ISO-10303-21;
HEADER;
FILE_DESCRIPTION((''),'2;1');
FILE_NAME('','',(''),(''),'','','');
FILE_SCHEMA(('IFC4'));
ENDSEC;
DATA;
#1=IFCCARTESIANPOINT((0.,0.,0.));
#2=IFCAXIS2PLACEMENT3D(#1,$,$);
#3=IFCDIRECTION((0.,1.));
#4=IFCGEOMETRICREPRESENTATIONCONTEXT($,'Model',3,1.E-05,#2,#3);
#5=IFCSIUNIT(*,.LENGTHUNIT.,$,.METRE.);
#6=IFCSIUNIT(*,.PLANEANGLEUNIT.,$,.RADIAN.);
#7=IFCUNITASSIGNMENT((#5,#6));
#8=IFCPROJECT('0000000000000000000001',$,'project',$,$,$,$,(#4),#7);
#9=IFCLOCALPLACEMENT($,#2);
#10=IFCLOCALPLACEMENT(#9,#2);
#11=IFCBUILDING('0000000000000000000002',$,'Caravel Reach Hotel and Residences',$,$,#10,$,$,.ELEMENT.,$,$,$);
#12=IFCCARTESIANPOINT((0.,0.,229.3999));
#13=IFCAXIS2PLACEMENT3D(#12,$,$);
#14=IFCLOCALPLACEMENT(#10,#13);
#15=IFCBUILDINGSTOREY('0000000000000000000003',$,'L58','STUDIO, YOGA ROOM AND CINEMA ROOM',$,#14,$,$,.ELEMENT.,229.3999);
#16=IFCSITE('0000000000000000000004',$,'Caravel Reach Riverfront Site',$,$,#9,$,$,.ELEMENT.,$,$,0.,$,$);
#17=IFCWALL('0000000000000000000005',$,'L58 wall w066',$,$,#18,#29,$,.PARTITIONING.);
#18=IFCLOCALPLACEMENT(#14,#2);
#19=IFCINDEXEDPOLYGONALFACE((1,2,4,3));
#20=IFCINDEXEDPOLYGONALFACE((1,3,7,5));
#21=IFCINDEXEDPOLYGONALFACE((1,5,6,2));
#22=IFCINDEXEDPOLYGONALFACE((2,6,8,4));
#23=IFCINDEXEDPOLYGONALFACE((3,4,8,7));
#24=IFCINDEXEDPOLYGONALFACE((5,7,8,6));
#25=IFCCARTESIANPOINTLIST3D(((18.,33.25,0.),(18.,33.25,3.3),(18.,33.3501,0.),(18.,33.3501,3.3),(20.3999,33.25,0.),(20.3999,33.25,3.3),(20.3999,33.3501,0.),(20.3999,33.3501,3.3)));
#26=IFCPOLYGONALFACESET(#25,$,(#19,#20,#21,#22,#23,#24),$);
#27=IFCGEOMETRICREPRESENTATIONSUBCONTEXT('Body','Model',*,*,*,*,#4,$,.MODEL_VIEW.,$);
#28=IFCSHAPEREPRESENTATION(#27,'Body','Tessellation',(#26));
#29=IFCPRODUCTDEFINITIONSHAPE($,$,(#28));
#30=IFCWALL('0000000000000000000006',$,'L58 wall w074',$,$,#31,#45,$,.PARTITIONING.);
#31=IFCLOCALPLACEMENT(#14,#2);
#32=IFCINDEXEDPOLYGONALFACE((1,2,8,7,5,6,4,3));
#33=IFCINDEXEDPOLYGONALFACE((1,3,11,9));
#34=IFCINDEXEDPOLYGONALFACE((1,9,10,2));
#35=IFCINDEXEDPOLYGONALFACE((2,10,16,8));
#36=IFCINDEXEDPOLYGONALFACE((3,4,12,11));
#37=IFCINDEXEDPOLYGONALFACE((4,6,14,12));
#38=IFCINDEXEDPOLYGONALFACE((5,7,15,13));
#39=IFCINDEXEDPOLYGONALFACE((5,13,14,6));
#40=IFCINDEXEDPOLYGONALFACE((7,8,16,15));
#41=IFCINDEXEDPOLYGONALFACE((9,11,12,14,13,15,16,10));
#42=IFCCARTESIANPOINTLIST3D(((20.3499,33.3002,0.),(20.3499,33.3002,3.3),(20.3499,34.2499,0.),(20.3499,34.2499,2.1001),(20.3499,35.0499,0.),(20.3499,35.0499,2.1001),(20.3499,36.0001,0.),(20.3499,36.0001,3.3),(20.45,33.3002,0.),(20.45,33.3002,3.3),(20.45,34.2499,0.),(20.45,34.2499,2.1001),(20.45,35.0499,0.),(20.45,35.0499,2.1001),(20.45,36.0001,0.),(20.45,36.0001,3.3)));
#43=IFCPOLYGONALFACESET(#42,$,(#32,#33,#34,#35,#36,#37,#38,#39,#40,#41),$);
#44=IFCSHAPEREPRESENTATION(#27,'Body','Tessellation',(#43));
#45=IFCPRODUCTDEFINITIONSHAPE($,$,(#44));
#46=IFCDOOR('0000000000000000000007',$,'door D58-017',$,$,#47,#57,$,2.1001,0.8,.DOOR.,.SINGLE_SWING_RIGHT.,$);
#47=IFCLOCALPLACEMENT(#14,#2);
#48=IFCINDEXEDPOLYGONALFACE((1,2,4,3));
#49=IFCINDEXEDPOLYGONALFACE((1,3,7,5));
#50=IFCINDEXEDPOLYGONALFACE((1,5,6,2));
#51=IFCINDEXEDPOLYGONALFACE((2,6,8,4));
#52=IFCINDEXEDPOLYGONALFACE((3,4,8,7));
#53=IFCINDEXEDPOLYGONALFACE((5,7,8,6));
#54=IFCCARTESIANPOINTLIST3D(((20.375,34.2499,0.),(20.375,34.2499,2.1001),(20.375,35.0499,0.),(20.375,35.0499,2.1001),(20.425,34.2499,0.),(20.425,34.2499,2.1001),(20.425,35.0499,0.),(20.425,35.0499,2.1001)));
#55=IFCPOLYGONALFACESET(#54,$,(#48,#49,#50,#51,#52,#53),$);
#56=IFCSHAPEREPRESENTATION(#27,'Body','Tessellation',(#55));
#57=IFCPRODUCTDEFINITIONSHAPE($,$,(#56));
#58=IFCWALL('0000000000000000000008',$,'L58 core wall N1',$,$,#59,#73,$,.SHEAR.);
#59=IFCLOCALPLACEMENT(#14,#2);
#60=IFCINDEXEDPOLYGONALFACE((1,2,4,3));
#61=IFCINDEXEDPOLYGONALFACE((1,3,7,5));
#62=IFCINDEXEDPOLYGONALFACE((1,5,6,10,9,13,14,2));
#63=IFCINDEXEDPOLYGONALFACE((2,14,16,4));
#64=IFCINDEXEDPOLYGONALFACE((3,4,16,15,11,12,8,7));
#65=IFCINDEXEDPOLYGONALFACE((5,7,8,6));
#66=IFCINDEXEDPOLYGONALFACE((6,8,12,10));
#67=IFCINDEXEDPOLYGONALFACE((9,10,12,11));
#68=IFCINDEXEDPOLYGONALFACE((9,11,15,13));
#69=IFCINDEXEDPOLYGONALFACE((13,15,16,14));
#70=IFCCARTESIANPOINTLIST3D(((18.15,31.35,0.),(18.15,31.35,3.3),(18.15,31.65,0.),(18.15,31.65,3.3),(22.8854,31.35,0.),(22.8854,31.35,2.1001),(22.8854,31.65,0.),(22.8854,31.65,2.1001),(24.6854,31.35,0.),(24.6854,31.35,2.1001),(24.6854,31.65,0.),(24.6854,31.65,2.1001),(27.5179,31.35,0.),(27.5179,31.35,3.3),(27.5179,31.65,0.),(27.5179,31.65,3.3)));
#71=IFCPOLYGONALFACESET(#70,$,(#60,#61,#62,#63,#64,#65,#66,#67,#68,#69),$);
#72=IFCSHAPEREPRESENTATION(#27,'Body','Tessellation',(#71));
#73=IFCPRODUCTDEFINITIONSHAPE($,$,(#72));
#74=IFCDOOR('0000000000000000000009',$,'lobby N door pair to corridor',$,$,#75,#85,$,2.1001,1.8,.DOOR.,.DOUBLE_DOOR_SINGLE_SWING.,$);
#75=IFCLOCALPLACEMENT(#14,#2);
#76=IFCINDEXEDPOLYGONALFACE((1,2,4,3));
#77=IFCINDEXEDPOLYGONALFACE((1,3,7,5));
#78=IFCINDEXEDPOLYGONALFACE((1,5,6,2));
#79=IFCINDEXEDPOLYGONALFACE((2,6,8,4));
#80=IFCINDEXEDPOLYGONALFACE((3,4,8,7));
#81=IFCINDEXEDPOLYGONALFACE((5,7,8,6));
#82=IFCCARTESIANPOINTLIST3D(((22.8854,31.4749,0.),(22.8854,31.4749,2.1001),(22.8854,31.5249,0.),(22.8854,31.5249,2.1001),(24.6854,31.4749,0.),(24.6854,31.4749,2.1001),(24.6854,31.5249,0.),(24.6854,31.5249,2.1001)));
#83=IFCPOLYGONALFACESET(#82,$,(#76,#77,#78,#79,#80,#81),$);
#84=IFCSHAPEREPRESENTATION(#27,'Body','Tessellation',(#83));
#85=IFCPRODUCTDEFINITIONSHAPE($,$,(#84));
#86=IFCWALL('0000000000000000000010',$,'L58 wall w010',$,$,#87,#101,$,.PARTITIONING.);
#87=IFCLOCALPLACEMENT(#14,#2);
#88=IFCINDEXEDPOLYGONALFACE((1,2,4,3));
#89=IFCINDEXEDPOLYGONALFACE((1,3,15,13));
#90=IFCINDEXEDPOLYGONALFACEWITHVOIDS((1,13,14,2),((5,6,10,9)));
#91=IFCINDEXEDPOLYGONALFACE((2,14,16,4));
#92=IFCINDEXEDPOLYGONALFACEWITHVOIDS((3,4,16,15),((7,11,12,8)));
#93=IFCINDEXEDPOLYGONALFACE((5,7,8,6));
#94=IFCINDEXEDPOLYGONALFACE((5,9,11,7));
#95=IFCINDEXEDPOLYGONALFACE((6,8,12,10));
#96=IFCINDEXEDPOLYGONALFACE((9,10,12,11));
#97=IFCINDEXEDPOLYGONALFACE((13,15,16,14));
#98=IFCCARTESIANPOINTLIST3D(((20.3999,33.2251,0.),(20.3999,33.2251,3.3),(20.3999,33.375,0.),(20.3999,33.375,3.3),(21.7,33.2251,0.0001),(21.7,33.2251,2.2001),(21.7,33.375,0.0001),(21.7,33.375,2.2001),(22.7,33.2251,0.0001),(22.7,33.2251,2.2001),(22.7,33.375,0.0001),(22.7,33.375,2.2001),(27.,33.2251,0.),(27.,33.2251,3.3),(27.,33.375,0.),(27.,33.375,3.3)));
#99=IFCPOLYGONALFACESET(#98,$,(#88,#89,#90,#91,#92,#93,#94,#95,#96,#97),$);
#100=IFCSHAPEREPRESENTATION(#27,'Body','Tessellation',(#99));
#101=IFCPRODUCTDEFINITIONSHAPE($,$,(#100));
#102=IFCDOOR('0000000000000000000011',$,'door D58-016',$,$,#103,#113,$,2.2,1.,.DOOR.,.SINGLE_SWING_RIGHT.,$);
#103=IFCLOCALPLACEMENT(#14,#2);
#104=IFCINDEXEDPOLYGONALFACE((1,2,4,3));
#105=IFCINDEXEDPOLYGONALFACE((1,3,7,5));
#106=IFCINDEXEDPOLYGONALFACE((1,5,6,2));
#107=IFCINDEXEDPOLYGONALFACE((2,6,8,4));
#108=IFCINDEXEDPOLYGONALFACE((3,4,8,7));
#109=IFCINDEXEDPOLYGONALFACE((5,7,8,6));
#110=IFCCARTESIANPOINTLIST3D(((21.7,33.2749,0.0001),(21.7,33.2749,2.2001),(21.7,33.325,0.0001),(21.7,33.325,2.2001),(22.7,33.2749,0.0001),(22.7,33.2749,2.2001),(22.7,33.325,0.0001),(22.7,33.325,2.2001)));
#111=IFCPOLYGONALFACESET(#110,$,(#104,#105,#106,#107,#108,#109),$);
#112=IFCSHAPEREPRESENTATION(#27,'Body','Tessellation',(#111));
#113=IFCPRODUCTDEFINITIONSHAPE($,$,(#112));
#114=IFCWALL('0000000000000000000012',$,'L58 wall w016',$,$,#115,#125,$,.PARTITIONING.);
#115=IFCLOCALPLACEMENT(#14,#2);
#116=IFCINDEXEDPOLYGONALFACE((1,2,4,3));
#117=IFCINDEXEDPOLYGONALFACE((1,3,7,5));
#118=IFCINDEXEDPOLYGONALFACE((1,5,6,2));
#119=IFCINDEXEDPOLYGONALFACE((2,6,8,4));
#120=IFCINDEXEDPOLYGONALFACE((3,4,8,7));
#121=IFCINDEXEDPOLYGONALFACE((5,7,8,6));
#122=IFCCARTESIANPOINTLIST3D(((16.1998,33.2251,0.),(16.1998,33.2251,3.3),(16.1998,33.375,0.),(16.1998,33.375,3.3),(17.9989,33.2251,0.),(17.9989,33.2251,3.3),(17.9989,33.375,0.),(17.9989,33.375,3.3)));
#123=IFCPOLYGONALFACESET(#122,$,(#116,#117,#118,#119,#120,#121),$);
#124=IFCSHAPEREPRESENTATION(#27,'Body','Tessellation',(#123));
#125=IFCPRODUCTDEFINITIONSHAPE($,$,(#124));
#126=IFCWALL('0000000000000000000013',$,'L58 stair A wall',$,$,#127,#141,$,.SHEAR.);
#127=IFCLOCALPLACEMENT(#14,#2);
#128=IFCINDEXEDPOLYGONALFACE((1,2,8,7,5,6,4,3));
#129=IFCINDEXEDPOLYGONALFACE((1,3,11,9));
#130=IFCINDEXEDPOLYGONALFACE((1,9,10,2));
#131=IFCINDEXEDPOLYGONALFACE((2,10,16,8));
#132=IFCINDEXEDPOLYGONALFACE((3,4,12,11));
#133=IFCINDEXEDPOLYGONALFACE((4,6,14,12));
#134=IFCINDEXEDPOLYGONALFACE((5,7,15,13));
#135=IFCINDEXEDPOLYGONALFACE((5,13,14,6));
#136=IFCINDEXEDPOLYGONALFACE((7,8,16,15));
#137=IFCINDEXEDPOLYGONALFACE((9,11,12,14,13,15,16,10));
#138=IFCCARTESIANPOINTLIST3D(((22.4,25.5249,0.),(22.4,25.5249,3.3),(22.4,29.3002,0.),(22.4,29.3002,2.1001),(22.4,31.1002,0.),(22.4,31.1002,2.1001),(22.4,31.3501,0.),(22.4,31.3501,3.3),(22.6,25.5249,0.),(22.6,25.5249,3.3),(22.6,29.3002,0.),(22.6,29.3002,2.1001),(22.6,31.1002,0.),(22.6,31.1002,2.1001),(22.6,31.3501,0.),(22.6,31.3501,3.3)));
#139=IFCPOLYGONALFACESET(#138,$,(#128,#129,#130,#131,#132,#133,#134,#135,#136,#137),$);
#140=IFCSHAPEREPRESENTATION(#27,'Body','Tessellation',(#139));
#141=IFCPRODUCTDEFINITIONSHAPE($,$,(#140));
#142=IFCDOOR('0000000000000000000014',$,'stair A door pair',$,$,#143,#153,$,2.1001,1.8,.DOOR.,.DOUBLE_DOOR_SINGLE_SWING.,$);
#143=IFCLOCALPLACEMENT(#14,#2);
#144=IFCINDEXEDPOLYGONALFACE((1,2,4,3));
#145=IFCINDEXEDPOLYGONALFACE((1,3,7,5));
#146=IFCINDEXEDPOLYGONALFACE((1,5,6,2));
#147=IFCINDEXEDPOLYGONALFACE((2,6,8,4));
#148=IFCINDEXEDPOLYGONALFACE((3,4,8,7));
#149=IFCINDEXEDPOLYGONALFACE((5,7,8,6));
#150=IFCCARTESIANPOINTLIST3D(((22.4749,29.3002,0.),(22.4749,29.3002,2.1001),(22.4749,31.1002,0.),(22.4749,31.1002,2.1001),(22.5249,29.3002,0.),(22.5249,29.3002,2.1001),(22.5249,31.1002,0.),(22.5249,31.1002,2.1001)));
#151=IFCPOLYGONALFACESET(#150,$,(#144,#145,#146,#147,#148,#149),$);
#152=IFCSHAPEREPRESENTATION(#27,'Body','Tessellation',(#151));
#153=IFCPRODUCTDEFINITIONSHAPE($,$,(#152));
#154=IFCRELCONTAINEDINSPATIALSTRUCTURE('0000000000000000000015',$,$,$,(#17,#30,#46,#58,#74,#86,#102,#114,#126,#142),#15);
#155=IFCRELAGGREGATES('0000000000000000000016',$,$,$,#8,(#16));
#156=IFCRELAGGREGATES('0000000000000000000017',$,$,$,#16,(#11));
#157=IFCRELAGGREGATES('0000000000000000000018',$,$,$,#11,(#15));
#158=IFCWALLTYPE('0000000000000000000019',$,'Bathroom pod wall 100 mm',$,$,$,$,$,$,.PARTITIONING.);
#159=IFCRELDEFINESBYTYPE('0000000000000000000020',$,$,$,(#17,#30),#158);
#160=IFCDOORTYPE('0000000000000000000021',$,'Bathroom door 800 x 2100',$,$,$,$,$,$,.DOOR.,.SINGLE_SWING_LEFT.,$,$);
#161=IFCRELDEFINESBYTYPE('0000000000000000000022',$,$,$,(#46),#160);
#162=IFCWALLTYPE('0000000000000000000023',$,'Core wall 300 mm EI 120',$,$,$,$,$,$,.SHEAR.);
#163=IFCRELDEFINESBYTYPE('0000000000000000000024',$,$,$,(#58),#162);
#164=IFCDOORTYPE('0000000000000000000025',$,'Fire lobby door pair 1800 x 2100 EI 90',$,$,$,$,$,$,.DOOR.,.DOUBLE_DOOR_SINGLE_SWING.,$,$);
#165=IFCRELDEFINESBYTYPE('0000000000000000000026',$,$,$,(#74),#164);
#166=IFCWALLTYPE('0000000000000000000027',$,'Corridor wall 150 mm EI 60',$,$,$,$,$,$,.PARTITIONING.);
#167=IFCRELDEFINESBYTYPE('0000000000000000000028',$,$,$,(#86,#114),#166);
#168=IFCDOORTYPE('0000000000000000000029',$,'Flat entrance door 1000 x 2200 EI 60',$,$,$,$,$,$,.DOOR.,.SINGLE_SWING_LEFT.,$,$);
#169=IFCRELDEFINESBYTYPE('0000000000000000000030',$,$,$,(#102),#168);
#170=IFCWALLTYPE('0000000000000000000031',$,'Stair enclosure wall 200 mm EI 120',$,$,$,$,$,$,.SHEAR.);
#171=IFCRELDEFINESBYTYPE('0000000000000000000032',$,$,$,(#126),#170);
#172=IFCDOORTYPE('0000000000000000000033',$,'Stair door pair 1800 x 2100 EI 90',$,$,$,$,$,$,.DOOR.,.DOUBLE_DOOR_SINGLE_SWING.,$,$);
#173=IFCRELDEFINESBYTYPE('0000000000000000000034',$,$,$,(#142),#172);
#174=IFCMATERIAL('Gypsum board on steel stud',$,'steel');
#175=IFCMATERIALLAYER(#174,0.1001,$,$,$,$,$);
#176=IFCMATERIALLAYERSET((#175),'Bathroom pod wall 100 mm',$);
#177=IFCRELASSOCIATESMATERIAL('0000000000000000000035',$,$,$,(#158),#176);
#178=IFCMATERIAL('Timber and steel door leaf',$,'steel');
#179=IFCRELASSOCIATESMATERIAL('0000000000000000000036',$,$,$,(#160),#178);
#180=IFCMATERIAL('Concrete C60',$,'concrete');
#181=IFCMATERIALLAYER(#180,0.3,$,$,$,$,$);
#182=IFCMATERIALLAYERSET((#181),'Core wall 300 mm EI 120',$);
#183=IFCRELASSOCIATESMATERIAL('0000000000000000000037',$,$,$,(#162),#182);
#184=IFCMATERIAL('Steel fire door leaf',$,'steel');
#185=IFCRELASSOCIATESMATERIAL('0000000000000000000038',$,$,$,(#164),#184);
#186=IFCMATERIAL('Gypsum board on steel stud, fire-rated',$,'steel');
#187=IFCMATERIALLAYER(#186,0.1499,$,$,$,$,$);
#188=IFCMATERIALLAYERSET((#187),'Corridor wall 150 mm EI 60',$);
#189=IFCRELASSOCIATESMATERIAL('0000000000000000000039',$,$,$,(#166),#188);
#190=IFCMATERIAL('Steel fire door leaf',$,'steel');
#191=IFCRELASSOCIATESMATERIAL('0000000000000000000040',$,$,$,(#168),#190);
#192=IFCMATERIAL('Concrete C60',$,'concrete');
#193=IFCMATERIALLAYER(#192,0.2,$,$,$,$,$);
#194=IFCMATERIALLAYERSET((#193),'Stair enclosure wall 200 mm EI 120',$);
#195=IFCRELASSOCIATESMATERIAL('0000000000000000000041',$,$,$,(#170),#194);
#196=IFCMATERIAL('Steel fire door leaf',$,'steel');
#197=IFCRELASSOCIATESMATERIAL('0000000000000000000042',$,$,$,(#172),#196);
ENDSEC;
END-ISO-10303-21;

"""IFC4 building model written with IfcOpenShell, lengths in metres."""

from ifc_helpers import new_model, si_unit, direction, frame, frame_2d, origin, place, context, subcontext, project, spatial, rectangle, extrude, material, layer, layer_set, type_object, element, fill, save


model = new_model("IFC4")

# Units and contexts
model_context = context("Model", 3, precision=1e-05, world=origin(), true_north=direction((0.0, 1.0)))
body_context = subcontext(model_context, "Body", "Model", "MODEL_VIEW")
ifc_project = project(units=[si_unit("LENGTHUNIT", "METRE"), si_unit("PLANEANGLEUNIT", "RADIAN")], contexts=[model_context])

# Site, building, storey
site_placement = place(None, origin())
site = spatial("IfcSite", under=ifc_project, at=site_placement, Name="Caravel Reach Riverfront Site", CompositionType="ELEMENT", RefElevation=0.0)
building_placement = place(site_placement, origin())
building = spatial("IfcBuilding", under=site, at=building_placement, Name="Caravel Reach Hotel and Residences", CompositionType="ELEMENT")
storey_placement = place(building_placement, frame((0.0, 0.0, 229.3999)))
storey = spatial("IfcBuildingStorey", under=building, at=storey_placement, Name="L58", Description="STUDIO, YOGA ROOM AND CINEMA ROOM", CompositionType="ELEMENT", Elevation=229.3999)

# Wall
ifc_material_1 = material(Name="Gypsum board on steel stud", Category="steel")
ifc_layer_1 = layer(ifc_material_1, 0.1001)
ifc_layer_set_1 = layer_set([ifc_layer_1], Name="Bathroom pod wall 100 mm")
wall_type_1 = type_object("IfcWallType", Name="Bathroom pod wall 100 mm", PredefinedType="PARTITIONING", material=ifc_layer_set_1)
wall_1_placement = place(storey_placement, frame((18.0, 33.3, 0.0), z_axis=(0.0, 0.0, 1.0), x_axis=(1.0, 0.0, 0.0)))
element("IfcWall", 1, at=wall_1_placement, inside=storey, type_object=wall_type_1, Name="L58 wall w066", PredefinedType="PARTITIONING", context=body_context, shape_type="SweptSolid", body=[
    extrude(rectangle(XDim=2.3999, YDim=0.1001, at=frame_2d((1.2, 0.0))), origin(), (0.0, 0.0, 1.0), 3.3),
])

# Walls, openings, doors
wall_2_placement = place(storey_placement, frame((20.3999, 33.3, 0.0), z_axis=(0.0, 0.0, 1.0), x_axis=(0.0, 1.0, 0.0)))
wall_2 = element("IfcWall", 2, at=wall_2_placement, inside=storey, type_object=wall_type_1, Name="L58 wall w074", PredefinedType="PARTITIONING", context=body_context, shape_type="SweptSolid", body=[
    extrude(rectangle(XDim=2.7, YDim=0.1001, at=frame_2d((1.3501, 0.0))), origin(), (0.0, 0.0, 1.0), 3.3),
])
opening_1_placement = place(wall_2_placement, frame((0.95, 0.0, 0.0)))
opening_1 = element("IfcOpeningElement", 3, at=opening_1_placement, cuts=wall_2, PredefinedType="OPENING", context=body_context, shape_type="SweptSolid", body=[
    extrude(rectangle(XDim=0.8, YDim=2.1001, at=frame_2d((0.3999, 1.05))), frame((0.0, 0.0601, 0.0), z_axis=(0.0, -1.0, 0.0), x_axis=(1.0, 0.0, 0.0)), (0.0, 0.0, 1.0), 0.1201),
])
ifc_material_2 = material(Name="Timber and steel door leaf", Category="steel")
door_type_1 = type_object("IfcDoorType", Name="Bathroom door 800 x 2100", OperationType="SINGLE_SWING_LEFT", PredefinedType="DOOR", material=ifc_material_2)
door_1_placement = place(opening_1_placement, origin())
door_1 = element("IfcDoor", 4, at=door_1_placement, inside=storey, type_object=door_type_1, Name="door D58-017", OperationType="SINGLE_SWING_RIGHT", OverallHeight=2.1001, OverallWidth=0.8, PredefinedType="DOOR", context=body_context, shape_type="SweptSolid", body=[
    extrude(rectangle(XDim=0.8, YDim=2.1001, at=frame_2d((0.3999, 1.05))), frame((0.0, 0.0249, 0.0), z_axis=(0.0, -1.0, 0.0), x_axis=(1.0, 0.0, 0.0)), (0.0, 0.0, 1.0), 0.05),
])
fill(opening_1, door_1)
ifc_material_3 = material(Name="Concrete C60", Category="concrete")
ifc_layer_2 = layer(ifc_material_3, 0.3)
ifc_layer_set_2 = layer_set([ifc_layer_2], Name="Core wall 300 mm EI 120")
wall_type_2 = type_object("IfcWallType", Name="Core wall 300 mm EI 120", PredefinedType="SHEAR", material=ifc_layer_set_2)
wall_3_placement = place(storey_placement, frame((18.1499, 31.5, 0.0), z_axis=(0.0, 0.0, 1.0), x_axis=(1.0, 0.0, 0.0)))
wall_3 = element("IfcWall", 5, at=wall_3_placement, inside=storey, type_object=wall_type_2, Name="L58 core wall N1", PredefinedType="SHEAR", context=body_context, shape_type="SweptSolid", body=[
    extrude(rectangle(XDim=9.3679, YDim=0.3, at=frame_2d((4.6841, 0.0))), origin(), (0.0, 0.0, 1.0), 3.3),
])
opening_2_placement = place(wall_3_placement, frame((4.7356, 0.0, 0.0)))
opening_2 = element("IfcOpeningElement", 6, at=opening_2_placement, cuts=wall_3, PredefinedType="OPENING", context=body_context, shape_type="SweptSolid", body=[
    extrude(rectangle(XDim=1.8, YDim=2.1001, at=frame_2d((0.8999, 1.05))), frame((0.0, 0.1599, 0.0), z_axis=(0.0, -1.0, 0.0), x_axis=(1.0, 0.0, 0.0)), (0.0, 0.0, 1.0), 0.3201),
])
ifc_material_4 = material(Name="Steel fire door leaf", Category="steel")
door_type_2 = type_object("IfcDoorType", Name="Fire lobby door pair 1800 x 2100 EI 90", OperationType="DOUBLE_DOOR_SINGLE_SWING", PredefinedType="DOOR", material=ifc_material_4)
door_2_placement = place(opening_2_placement, origin())
door_2 = element("IfcDoor", 7, at=door_2_placement, inside=storey, type_object=door_type_2, Name="lobby N door pair to corridor", OperationType="DOUBLE_DOOR_SINGLE_SWING", OverallHeight=2.1001, OverallWidth=1.8, PredefinedType="DOOR", context=body_context, shape_type="SweptSolid", body=[
    extrude(rectangle(XDim=1.8, YDim=2.1001, at=frame_2d((0.8999, 1.05))), frame((0.0, 0.0249, 0.0), z_axis=(0.0, -1.0, 0.0), x_axis=(1.0, 0.0, 0.0)), (0.0, 0.0, 1.0), 0.05),
])
fill(opening_2, door_2)
ifc_material_5 = material(Name="Gypsum board on steel stud, fire-rated", Category="steel")
ifc_layer_3 = layer(ifc_material_5, 0.1499)
ifc_layer_set_3 = layer_set([ifc_layer_3], Name="Corridor wall 150 mm EI 60")
wall_type_3 = type_object("IfcWallType", Name="Corridor wall 150 mm EI 60", PredefinedType="PARTITIONING", material=ifc_layer_set_3)
wall_4_placement = place(storey_placement, frame((20.3999, 33.3, 0.0), z_axis=(0.0, 0.0, 1.0), x_axis=(1.0, 0.0, 0.0)))
wall_4 = element("IfcWall", 8, at=wall_4_placement, inside=storey, type_object=wall_type_3, Name="L58 wall w010", PredefinedType="PARTITIONING", context=body_context, shape_type="SweptSolid", body=[
    extrude(rectangle(XDim=6.6001, YDim=0.1499, at=frame_2d((3.3, 0.0))), origin(), (0.0, 0.0, 1.0), 3.3),
])
opening_3_placement = place(wall_4_placement, frame((1.3, 0.0, 0.0)))
opening_3 = element("IfcOpeningElement", 9, at=opening_3_placement, cuts=wall_4, PredefinedType="OPENING", context=body_context, shape_type="SweptSolid", body=[
    extrude(rectangle(XDim=1.0, YDim=2.2, at=frame_2d((0.5, 1.1001))), frame((0.0, 0.085, 0.0), z_axis=(0.0, -1.0, 0.0), x_axis=(1.0, 0.0, 0.0)), (0.0, 0.0, 1.0), 0.1699),
])
ifc_material_6 = material(Name="Steel fire door leaf", Category="steel")
door_type_3 = type_object("IfcDoorType", Name="Flat entrance door 1000 x 2200 EI 60", OperationType="SINGLE_SWING_LEFT", PredefinedType="DOOR", material=ifc_material_6)
door_3_placement = place(opening_3_placement, origin())
door_3 = element("IfcDoor", 10, at=door_3_placement, inside=storey, type_object=door_type_3, Name="door D58-016", OperationType="SINGLE_SWING_RIGHT", OverallHeight=2.2, OverallWidth=1.0, PredefinedType="DOOR", context=body_context, shape_type="SweptSolid", body=[
    extrude(rectangle(XDim=1.0, YDim=2.2, at=frame_2d((0.5, 1.1001))), frame((0.0, 0.0249, 0.0), z_axis=(0.0, -1.0, 0.0), x_axis=(1.0, 0.0, 0.0)), (0.0, 0.0, 1.0), 0.05),
])
fill(opening_3, door_3)

# Wall
wall_5_placement = place(storey_placement, frame((16.2, 33.3, 0.0), z_axis=(0.0, 0.0, 1.0), x_axis=(1.0, 0.0, 0.0)))
element("IfcWall", 11, at=wall_5_placement, inside=storey, type_object=wall_type_3, Name="L58 wall w016", PredefinedType="PARTITIONING", context=body_context, shape_type="SweptSolid", body=[
    extrude(rectangle(XDim=1.7991, YDim=0.1499, at=frame_2d((0.8994, 0.0))), origin(), (0.0, 0.0, 1.0), 3.3),
])

# Wall, opening, door
ifc_material_7 = material(Name="Concrete C60", Category="concrete")
ifc_layer_4 = layer(ifc_material_7, 0.2)
ifc_layer_set_4 = layer_set([ifc_layer_4], Name="Stair enclosure wall 200 mm EI 120")
wall_type_4 = type_object("IfcWallType", Name="Stair enclosure wall 200 mm EI 120", PredefinedType="SHEAR", material=ifc_layer_set_4)
wall_6_placement = place(storey_placement, frame((22.5, 31.3501, 0.0), z_axis=(0.0, 0.0, 1.0), x_axis=(0.0, -1.0, 0.0)))
wall_6 = element("IfcWall", 12, at=wall_6_placement, inside=storey, type_object=wall_type_4, Name="L58 stair A wall", PredefinedType="SHEAR", context=body_context, shape_type="SweptSolid", body=[
    extrude(rectangle(XDim=5.8252, YDim=0.2, at=frame_2d((2.9126, 0.0))), origin(), (0.0, 0.0, 1.0), 3.3),
])
opening_4_placement = place(wall_6_placement, frame((0.25, 0.0, 0.0)))
opening_4 = element("IfcOpeningElement", 13, at=opening_4_placement, cuts=wall_6, PredefinedType="OPENING", context=body_context, shape_type="SweptSolid", body=[
    extrude(rectangle(XDim=1.8, YDim=2.1001, at=frame_2d((0.8999, 1.05))), frame((0.0, 0.1099, 0.0), z_axis=(0.0, -1.0, 0.0), x_axis=(1.0, 0.0, 0.0)), (0.0, 0.0, 1.0), 0.22),
])
ifc_material_8 = material(Name="Steel fire door leaf", Category="steel")
door_type_4 = type_object("IfcDoorType", Name="Stair door pair 1800 x 2100 EI 90", OperationType="DOUBLE_DOOR_SINGLE_SWING", PredefinedType="DOOR", material=ifc_material_8)
door_4_placement = place(opening_4_placement, origin())
door_4 = element("IfcDoor", 14, at=door_4_placement, inside=storey, type_object=door_type_4, Name="stair A door pair", OperationType="DOUBLE_DOOR_SINGLE_SWING", OverallHeight=2.1001, OverallWidth=1.8, PredefinedType="DOOR", context=body_context, shape_type="SweptSolid", body=[
    extrude(rectangle(XDim=1.8, YDim=2.1001, at=frame_2d((0.8999, 1.05))), frame((0.0, 0.0249, 0.0), z_axis=(0.0, -1.0, 0.0), x_axis=(1.0, 0.0, 0.0)), (0.0, 0.0, 1.0), 0.05),
])
fill(opening_4, door_4)

save(model, "model.ifc")
